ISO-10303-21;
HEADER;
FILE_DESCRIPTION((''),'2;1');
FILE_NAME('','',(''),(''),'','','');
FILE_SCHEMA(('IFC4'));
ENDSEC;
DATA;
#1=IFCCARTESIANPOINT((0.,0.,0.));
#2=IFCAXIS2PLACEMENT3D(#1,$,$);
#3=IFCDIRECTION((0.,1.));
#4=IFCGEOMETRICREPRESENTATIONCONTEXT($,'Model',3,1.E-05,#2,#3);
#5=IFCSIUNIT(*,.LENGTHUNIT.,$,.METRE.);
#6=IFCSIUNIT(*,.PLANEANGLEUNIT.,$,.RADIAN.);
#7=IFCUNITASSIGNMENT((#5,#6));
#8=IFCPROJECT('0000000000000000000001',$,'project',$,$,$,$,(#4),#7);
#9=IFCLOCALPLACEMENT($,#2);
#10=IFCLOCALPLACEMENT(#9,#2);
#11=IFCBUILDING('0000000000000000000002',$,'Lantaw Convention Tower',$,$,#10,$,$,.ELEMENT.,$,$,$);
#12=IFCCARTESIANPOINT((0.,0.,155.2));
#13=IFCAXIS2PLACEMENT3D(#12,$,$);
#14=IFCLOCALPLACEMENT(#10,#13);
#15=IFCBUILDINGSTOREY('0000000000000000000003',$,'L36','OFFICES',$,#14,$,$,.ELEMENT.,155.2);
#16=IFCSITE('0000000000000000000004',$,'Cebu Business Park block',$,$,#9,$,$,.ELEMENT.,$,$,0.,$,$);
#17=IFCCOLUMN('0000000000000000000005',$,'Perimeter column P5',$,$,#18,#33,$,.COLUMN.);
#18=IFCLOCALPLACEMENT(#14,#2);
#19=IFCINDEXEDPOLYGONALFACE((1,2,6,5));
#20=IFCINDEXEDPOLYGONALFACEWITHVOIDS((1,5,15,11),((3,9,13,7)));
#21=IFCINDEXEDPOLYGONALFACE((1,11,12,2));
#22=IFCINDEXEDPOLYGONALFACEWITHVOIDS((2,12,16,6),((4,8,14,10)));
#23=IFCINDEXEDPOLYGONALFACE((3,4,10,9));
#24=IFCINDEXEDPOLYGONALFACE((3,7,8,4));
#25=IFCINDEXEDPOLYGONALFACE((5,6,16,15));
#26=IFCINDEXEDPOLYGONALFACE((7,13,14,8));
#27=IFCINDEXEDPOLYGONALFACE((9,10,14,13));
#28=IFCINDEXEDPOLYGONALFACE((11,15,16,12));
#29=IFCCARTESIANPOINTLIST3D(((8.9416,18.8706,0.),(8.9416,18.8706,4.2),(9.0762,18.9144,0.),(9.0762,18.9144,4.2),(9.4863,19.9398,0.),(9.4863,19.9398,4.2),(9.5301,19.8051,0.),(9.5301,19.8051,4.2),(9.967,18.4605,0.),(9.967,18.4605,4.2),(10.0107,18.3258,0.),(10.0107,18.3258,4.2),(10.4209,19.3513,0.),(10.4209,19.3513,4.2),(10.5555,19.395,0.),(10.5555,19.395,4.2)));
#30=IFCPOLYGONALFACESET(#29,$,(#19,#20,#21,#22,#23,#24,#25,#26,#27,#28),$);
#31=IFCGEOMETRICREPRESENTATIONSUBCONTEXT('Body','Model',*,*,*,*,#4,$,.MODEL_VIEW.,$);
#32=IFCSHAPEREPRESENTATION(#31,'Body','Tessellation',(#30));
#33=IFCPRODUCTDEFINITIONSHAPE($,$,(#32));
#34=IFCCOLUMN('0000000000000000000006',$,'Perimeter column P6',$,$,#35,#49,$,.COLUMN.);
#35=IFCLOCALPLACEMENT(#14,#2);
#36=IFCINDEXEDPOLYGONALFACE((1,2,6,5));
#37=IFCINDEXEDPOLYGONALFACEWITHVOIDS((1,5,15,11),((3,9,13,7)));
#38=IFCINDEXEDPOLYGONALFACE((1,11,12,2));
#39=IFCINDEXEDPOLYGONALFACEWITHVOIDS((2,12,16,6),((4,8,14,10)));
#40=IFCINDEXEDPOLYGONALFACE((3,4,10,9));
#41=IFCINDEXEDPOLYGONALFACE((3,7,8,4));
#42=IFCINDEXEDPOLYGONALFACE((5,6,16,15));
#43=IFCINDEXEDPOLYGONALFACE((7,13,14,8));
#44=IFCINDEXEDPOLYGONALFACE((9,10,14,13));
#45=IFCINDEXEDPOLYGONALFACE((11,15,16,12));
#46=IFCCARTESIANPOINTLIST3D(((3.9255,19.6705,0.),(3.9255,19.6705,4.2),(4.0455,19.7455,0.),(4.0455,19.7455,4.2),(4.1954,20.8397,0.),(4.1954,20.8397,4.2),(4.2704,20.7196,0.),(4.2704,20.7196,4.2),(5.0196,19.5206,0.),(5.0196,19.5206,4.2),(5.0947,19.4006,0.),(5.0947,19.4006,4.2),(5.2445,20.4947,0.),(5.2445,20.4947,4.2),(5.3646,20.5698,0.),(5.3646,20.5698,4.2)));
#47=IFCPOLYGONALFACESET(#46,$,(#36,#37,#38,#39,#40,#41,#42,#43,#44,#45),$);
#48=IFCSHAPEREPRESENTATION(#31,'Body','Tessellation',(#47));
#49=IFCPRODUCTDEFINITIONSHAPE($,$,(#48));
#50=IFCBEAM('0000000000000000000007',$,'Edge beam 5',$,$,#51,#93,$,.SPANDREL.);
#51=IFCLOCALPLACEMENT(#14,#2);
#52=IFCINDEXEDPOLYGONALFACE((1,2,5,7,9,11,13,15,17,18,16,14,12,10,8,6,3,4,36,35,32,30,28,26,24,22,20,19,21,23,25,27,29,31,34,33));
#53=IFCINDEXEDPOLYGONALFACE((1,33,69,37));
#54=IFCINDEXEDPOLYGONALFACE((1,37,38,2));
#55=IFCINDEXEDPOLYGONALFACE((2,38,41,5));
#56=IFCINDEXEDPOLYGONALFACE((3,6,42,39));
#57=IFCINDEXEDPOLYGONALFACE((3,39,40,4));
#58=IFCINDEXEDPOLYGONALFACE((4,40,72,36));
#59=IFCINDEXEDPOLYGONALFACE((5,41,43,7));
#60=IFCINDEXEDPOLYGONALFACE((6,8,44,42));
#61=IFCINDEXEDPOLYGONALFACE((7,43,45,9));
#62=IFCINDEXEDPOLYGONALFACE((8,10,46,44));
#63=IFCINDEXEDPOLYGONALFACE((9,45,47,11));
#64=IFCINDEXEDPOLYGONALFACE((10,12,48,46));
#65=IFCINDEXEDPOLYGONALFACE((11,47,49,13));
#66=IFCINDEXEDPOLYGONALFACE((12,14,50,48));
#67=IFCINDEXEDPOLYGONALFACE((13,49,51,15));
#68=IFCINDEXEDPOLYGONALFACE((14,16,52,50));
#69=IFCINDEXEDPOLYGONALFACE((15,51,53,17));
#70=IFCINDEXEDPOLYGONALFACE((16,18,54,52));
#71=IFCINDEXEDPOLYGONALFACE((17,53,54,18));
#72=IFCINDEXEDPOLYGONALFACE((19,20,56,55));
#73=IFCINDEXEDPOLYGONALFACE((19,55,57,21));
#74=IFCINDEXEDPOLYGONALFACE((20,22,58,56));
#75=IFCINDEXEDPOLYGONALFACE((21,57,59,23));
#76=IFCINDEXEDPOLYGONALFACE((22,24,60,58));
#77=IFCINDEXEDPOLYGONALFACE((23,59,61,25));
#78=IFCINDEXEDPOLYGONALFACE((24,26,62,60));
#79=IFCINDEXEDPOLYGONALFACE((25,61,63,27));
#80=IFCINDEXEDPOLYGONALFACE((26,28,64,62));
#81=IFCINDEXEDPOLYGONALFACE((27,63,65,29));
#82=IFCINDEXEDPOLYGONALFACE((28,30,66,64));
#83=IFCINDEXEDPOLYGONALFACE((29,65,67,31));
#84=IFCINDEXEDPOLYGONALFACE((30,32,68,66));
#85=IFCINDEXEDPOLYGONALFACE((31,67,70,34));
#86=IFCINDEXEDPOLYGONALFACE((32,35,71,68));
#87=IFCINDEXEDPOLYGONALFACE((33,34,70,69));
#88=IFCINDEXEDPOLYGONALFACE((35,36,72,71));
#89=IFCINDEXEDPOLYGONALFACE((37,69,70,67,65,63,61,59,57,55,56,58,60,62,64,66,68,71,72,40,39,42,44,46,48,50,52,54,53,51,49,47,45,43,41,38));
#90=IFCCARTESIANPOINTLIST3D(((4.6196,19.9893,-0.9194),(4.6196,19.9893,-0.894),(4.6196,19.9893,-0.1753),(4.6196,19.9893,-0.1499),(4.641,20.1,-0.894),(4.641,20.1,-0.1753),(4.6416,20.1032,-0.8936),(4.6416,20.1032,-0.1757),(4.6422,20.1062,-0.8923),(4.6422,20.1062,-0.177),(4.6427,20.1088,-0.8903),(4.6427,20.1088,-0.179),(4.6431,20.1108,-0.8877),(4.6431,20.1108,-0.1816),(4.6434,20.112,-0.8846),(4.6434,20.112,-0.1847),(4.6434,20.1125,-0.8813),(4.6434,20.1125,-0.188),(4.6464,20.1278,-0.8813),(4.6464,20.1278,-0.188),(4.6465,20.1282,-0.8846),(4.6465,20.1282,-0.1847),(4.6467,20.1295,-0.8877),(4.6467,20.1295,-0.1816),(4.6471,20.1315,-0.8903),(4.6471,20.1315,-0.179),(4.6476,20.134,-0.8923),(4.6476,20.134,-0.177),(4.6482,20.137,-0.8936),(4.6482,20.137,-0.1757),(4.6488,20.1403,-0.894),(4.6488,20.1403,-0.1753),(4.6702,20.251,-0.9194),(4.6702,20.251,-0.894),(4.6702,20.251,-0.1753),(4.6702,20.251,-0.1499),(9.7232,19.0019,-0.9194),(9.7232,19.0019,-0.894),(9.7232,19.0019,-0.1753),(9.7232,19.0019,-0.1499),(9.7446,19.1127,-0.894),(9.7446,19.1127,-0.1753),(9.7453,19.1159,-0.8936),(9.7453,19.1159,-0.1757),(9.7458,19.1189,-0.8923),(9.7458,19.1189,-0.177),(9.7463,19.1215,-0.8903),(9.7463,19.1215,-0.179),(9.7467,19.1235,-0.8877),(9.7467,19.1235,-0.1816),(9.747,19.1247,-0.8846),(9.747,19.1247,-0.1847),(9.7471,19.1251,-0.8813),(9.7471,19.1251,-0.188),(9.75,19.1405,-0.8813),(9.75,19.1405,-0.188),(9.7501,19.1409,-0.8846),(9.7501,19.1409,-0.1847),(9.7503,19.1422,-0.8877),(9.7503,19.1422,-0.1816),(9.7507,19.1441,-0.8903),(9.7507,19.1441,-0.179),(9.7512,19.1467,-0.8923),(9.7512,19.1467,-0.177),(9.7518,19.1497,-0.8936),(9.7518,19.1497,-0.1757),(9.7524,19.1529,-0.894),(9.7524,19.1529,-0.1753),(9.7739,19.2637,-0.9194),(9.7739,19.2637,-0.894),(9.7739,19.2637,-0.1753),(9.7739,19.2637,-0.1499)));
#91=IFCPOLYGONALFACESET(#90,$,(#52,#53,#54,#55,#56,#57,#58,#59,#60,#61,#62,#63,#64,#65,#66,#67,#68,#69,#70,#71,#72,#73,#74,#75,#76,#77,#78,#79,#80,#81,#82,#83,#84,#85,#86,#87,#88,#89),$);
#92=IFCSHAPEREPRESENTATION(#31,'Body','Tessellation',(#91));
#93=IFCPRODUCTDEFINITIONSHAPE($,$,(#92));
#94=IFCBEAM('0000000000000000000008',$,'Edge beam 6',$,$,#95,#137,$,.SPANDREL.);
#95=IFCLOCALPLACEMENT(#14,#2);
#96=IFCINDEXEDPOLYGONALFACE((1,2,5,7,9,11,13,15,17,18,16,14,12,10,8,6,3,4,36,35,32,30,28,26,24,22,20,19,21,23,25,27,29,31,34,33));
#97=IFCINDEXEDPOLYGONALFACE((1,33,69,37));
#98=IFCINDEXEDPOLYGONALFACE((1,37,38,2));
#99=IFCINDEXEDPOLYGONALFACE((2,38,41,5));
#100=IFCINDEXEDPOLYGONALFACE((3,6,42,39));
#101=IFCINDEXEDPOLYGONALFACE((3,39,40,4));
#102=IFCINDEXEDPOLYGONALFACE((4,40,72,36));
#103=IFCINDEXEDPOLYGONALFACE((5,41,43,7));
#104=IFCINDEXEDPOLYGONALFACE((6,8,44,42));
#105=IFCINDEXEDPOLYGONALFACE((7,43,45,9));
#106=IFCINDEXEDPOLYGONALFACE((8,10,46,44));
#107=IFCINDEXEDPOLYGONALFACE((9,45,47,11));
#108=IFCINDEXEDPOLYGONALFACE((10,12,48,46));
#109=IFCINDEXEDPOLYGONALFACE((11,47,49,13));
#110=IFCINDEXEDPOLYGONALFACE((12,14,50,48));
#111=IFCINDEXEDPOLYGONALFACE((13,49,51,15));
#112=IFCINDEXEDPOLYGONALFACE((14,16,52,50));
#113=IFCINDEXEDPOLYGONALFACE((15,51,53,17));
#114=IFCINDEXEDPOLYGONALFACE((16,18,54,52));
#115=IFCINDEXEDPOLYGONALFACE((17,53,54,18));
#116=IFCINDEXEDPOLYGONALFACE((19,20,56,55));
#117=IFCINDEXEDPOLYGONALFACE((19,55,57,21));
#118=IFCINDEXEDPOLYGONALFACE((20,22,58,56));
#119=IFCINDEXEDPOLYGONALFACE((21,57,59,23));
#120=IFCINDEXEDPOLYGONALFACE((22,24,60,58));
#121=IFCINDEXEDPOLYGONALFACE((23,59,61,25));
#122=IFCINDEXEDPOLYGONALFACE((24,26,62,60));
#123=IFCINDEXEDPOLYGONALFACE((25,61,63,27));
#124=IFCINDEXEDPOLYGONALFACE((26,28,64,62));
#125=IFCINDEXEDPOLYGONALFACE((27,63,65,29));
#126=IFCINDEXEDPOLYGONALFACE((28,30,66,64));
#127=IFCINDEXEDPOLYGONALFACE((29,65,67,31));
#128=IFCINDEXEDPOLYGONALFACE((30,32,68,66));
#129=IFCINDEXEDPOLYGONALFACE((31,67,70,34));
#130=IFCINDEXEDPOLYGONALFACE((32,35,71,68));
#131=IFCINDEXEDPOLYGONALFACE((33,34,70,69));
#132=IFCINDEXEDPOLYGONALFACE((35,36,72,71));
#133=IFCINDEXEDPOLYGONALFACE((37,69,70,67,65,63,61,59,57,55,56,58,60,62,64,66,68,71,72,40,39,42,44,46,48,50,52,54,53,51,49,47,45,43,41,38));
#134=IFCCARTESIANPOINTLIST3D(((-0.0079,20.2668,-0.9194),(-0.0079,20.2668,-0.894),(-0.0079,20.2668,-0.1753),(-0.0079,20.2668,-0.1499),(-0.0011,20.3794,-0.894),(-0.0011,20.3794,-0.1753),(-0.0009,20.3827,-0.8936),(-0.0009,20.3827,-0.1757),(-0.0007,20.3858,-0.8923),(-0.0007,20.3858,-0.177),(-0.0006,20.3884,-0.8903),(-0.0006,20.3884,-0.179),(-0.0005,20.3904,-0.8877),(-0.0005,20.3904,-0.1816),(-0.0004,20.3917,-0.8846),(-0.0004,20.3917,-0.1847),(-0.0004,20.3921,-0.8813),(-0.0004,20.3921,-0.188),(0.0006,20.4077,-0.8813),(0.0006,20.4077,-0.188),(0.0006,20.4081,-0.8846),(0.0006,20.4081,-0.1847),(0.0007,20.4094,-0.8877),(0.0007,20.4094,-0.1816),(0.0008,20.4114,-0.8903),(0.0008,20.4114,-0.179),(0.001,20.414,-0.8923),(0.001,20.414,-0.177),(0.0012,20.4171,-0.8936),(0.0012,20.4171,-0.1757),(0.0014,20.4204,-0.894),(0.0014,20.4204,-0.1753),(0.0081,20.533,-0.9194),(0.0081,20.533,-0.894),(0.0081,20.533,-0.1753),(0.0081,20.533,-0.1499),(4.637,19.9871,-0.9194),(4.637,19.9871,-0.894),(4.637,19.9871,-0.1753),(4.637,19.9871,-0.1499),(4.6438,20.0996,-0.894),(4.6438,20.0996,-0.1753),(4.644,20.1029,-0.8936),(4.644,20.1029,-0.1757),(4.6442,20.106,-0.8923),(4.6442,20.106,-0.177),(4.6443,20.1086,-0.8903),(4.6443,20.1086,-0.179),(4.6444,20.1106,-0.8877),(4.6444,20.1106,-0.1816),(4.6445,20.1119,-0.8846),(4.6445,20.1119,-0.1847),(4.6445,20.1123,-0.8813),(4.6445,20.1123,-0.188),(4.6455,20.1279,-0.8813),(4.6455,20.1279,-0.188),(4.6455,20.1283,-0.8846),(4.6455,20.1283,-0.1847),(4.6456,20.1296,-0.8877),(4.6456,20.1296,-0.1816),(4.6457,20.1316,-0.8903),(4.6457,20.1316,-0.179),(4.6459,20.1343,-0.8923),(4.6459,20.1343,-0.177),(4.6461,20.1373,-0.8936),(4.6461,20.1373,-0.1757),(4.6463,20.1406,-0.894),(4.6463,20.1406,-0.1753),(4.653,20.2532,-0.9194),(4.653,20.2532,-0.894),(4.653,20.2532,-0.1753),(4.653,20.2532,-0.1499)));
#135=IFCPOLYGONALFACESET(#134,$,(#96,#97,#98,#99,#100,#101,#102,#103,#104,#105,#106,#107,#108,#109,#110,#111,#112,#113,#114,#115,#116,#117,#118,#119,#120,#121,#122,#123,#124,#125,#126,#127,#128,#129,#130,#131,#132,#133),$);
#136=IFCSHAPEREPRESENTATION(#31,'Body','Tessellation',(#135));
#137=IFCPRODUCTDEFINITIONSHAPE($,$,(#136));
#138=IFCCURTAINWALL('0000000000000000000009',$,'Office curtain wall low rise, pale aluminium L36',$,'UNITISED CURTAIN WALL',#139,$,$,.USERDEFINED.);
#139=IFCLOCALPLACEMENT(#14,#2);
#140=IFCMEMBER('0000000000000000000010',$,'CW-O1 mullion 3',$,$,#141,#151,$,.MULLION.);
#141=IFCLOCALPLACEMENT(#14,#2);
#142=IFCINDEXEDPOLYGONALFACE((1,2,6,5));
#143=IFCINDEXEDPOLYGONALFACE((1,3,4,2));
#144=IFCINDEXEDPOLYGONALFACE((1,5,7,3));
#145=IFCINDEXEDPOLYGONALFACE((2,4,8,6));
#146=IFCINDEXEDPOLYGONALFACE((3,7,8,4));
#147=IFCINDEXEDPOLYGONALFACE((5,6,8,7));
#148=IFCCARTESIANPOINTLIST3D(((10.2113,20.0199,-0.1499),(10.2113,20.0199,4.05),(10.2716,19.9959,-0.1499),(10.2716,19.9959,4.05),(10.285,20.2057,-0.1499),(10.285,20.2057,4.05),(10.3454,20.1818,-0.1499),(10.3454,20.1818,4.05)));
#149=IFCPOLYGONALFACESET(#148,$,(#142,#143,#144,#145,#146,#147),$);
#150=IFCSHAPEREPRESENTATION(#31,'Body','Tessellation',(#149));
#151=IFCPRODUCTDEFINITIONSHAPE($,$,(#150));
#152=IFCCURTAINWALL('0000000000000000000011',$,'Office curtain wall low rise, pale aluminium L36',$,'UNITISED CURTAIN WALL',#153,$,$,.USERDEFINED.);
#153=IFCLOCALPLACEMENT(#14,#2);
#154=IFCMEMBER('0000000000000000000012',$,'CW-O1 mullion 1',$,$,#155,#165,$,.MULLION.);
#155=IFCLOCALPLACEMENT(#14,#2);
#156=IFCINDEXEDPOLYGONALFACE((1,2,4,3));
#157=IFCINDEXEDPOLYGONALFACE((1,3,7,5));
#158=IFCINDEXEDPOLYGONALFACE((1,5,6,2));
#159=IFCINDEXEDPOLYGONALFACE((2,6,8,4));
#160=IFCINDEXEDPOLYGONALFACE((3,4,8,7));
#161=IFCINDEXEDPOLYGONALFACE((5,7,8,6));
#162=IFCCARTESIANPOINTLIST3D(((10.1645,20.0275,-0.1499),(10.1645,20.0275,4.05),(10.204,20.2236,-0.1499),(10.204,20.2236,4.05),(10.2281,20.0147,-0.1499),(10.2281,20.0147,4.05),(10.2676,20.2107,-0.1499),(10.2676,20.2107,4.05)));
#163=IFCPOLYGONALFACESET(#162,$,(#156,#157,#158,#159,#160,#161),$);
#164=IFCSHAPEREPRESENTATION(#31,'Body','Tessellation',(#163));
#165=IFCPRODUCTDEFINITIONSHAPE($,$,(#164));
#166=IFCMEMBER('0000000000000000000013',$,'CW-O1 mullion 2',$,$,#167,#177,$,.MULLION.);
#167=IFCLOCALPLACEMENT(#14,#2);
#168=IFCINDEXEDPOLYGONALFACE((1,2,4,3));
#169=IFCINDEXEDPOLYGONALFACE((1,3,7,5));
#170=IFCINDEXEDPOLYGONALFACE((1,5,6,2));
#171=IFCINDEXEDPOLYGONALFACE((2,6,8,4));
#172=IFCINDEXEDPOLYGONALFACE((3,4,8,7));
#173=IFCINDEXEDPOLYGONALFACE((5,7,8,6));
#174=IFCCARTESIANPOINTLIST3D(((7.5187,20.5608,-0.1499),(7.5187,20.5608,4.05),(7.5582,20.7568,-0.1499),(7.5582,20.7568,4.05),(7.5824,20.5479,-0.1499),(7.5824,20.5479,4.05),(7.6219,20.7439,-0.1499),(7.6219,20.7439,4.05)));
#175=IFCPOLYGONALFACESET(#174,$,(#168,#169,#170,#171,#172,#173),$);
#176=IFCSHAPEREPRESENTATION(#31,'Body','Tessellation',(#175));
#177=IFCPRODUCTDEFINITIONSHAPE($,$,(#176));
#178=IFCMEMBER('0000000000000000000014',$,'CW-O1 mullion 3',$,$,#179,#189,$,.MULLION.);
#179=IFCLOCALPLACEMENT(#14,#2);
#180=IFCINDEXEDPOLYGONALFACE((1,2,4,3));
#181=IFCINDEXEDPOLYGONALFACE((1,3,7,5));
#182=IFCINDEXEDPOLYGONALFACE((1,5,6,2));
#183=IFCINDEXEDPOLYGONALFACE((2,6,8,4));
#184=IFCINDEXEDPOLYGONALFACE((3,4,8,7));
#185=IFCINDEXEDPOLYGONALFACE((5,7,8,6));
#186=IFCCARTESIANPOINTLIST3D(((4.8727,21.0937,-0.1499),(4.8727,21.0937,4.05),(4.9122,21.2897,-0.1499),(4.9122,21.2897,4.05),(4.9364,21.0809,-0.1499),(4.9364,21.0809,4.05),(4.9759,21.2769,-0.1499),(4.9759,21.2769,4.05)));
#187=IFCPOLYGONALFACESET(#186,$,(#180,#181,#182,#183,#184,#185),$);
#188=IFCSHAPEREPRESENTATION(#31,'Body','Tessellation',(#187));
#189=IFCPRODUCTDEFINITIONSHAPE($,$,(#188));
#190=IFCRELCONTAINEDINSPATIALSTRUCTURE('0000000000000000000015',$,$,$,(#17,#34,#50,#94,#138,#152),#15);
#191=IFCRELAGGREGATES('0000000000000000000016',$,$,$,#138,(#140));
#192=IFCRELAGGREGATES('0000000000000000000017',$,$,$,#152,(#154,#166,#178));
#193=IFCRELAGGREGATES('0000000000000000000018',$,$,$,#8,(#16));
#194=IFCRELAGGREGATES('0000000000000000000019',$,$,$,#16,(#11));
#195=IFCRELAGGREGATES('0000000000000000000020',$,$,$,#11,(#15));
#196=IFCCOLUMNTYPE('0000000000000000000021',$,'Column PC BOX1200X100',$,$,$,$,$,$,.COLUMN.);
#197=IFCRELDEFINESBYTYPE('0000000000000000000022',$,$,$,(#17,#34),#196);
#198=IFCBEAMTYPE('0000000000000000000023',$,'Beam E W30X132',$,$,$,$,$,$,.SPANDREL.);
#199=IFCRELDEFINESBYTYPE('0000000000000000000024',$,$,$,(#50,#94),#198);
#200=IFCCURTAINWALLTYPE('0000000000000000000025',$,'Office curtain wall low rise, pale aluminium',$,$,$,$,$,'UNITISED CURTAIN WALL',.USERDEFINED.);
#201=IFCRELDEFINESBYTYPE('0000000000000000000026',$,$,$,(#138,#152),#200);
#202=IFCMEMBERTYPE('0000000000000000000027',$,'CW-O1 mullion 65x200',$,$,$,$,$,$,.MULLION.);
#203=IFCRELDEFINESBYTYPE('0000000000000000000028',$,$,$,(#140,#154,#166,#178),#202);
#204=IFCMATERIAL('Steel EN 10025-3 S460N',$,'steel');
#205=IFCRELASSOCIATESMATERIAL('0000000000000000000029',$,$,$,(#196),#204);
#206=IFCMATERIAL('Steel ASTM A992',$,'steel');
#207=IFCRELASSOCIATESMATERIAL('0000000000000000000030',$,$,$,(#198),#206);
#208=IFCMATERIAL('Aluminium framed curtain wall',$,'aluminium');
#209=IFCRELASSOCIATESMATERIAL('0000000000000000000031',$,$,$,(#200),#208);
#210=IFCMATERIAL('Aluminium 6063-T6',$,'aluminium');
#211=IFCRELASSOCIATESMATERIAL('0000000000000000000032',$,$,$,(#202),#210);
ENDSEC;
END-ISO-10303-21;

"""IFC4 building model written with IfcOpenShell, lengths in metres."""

from ifc_helpers import new_model, si_unit, direction, frame, origin, origin_2d, place, context, subcontext, project, spatial, rectangle, hollow_rectangle, i_section, extrude, material, material_profile, profile_set, type_object, element, aggregate, save


model = new_model("IFC4")

# Units and contexts
model_context = context("Model", 3, precision=1e-05, world=origin(), true_north=direction((0.0, 1.0)))
body_context = subcontext(model_context, "Body", "Model", "MODEL_VIEW")
ifc_project = project(units=[si_unit("LENGTHUNIT", "METRE"), si_unit("PLANEANGLEUNIT", "RADIAN")], contexts=[model_context])

# Site, building, storey
site_placement = place(None, origin())
site = spatial("IfcSite", under=ifc_project, at=site_placement, Name="Cebu Business Park block", CompositionType="ELEMENT", RefElevation=0.0)
building_placement = place(site_placement, origin())
building = spatial("IfcBuilding", under=site, at=building_placement, Name="Lantaw Convention Tower", CompositionType="ELEMENT")
storey_placement = place(building_placement, frame((0.0, 0.0, 155.2)))
storey = spatial("IfcBuildingStorey", under=building, at=storey_placement, Name="L36", Description="OFFICES", CompositionType="ELEMENT", Elevation=155.2)

# Columns
ifc_material_1 = material(Name="Steel EN 10025-3 S460N", Category="steel")
ifc_material_profile_1 = material_profile(ifc_material_1, hollow_rectangle(XDim=1.2, YDim=1.2, WallThickness=0.1001, at=origin_2d()), Name="BOX1200X100")
ifc_material_2 = material(Name="Concrete C60/75", Category="concrete")
ifc_material_profile_2 = material_profile(ifc_material_2, rectangle(XDim=1.0, YDim=1.0, at=origin_2d()), Name="Concrete fill of BOX1200X100")
ifc_profile_set_1 = profile_set([ifc_material_profile_1, ifc_material_profile_2], Name="Steel EN 10025-3 S460N")
column_type = type_object("IfcColumnType", Name="Column PC BOX1200X100", PredefinedType="COLUMN", material=ifc_profile_set_1)
for number, where, z_axis, x_axis, name in (
    (1, (9.7485, 19.1328, 0.0), (0.0, 0.0, 1.0), (0.45399, 0.891007, 0.0), "Perimeter column P5"),
    (2, (4.645, 20.1201, 0.0), (0.0, 0.0, 1.0), (0.224951, 0.97437, 0.0), "Perimeter column P6"),
):
    element("IfcColumn", number, at=place(storey_placement, frame(where, z_axis=z_axis, x_axis=x_axis)), inside=storey, type_object=column_type, Name=name, PredefinedType="COLUMN", context=body_context, shape_type="SweptSolid", body=[
        extrude(hollow_rectangle(XDim=1.2, YDim=1.2, WallThickness=0.1001, at=origin_2d()), origin(), (0.0, 0.0, 1.0), 4.2),
    ])

# Beams
ifc_material_3 = material(Name="Steel ASTM A992", Category="steel")
ifc_material_profile_3 = material_profile(ifc_material_3, i_section(OverallWidth=0.2666, OverallDepth=0.7695, WebThickness=0.0156, FlangeThickness=0.0254, FilletRadius=0.0127, at=origin_2d()), Name="W30X132")
ifc_profile_set_2 = profile_set([ifc_material_profile_3], Name="Steel ASTM A992")
beam_type = type_object("IfcBeamType", Name="Beam E W30X132", PredefinedType="SPANDREL", material=ifc_profile_set_2)
beam_1_placement = place(storey_placement, frame((9.7485, 19.1328, -0.5347), z_axis=(-0.981797, 0.189934, 0.0), x_axis=(-0.189934, -0.981797, 0.0)))
element("IfcBeam", 3, at=beam_1_placement, inside=storey, type_object=beam_type, Name="Edge beam 5", PredefinedType="SPANDREL", context=body_context, shape_type="SweptSolid", body=[
    extrude(i_section(OverallWidth=0.2666, OverallDepth=0.7695, WebThickness=0.0156, FlangeThickness=0.0254, FilletRadius=0.0127, at=origin_2d()), origin(), (0.0, 0.0, 1.0), 5.1982),
])
beam_2_placement = place(storey_placement, frame((4.645, 20.1201, -0.5347), z_axis=(-0.998191, 0.060124, 0.0), x_axis=(-0.060124, -0.998191, 0.0)))
element("IfcBeam", 4, at=beam_2_placement, inside=storey, type_object=beam_type, Name="Edge beam 6", PredefinedType="SPANDREL", context=body_context, shape_type="SweptSolid", body=[
    extrude(i_section(OverallWidth=0.2666, OverallDepth=0.7695, WebThickness=0.0156, FlangeThickness=0.0254, FilletRadius=0.0127, at=origin_2d()), origin(), (0.0, 0.0, 1.0), 4.6533),
])

# Curtain wall, member
ifc_material_4 = material(Name="Aluminium framed curtain wall", Category="aluminium")
curtain_wall_type = type_object("IfcCurtainWallType", Name="Office curtain wall low rise, pale aluminium", ElementType="UNITISED CURTAIN WALL", PredefinedType="USERDEFINED", material=ifc_material_4)
curtain_wall_1_placement = place(storey_placement, origin())
curtain_wall_1 = element("IfcCurtainWall", 5, at=curtain_wall_1_placement, inside=storey, type_object=curtain_wall_type, Name="Office curtain wall low rise, pale aluminium L36", ObjectType="UNITISED CURTAIN WALL", PredefinedType="USERDEFINED")
ifc_material_5 = material(Name="Aluminium 6063-T6", Category="aluminium")
ifc_material_profile_4 = material_profile(ifc_material_5, rectangle(XDim=0.2, YDim=0.0649, at=origin_2d()), Name="CW-O1 mullion 65x200")
ifc_profile_set_3 = profile_set([ifc_material_profile_4], Name="Aluminium 6063-T6")
member_type_1 = type_object("IfcMemberType", Name="CW-O1 mullion 65x200", PredefinedType="MULLION", material=ifc_profile_set_3)
member_1_placement = place(storey_placement, frame((10.2783, 20.1008, -0.1499), z_axis=(0.0, 0.0, 1.0), x_axis=(-0.368702, -0.929548, 0.0)))
member_1 = element("IfcMember", 6, at=member_1_placement, type_object=member_type_1, Name="CW-O1 mullion 3", PredefinedType="MULLION", context=body_context, shape_type="SweptSolid", body=[
    extrude(rectangle(XDim=0.2, YDim=0.0649, at=origin_2d()), origin(), (0.0, 0.0, 1.0), 4.2),
])

# Curtain wall, members
curtain_wall_2_placement = place(storey_placement, origin())
curtain_wall_2 = element("IfcCurtainWall", 7, at=curtain_wall_2_placement, inside=storey, type_object=curtain_wall_type, Name="Office curtain wall low rise, pale aluminium L36", ObjectType="UNITISED CURTAIN WALL", PredefinedType="USERDEFINED")
member_2_placement = place(storey_placement, frame((10.2161, 20.1191, -0.1499), z_axis=(0.0, 0.0, 1.0), x_axis=(-0.197507, -0.980302, 0.0)))
member_2 = element("IfcMember", 8, at=member_2_placement, type_object=member_type_1, Name="CW-O1 mullion 1", PredefinedType="MULLION", context=body_context, shape_type="SweptSolid", body=[
    extrude(rectangle(XDim=0.2, YDim=0.0649, at=origin_2d()), origin(), (0.0, 0.0, 1.0), 4.2),
])
member_3_placement = place(storey_placement, frame((7.5703, 20.6523, -0.1499), z_axis=(0.0, 0.0, 1.0), x_axis=(-0.197507, -0.980302, 0.0)))
member_3 = element("IfcMember", 9, at=member_3_placement, type_object=member_type_1, Name="CW-O1 mullion 2", PredefinedType="MULLION", context=body_context, shape_type="SweptSolid", body=[
    extrude(rectangle(XDim=0.2, YDim=0.0649, at=origin_2d()), origin(), (0.0, 0.0, 1.0), 4.2),
])
member_4_placement = place(storey_placement, frame((4.9243, 21.1853, -0.1499), z_axis=(0.0, 0.0, 1.0), x_axis=(-0.197507, -0.980302, 0.0)))
member_4 = element("IfcMember", 10, at=member_4_placement, type_object=member_type_1, Name="CW-O1 mullion 3", PredefinedType="MULLION", context=body_context, shape_type="SweptSolid", body=[
    extrude(rectangle(XDim=0.2, YDim=0.0649, at=origin_2d()), origin(), (0.0, 0.0, 1.0), 4.2),
])

aggregate(curtain_wall_1, [member_1])
aggregate(curtain_wall_2, [member_2, member_3, member_4])

save(model, "model.ifc")
